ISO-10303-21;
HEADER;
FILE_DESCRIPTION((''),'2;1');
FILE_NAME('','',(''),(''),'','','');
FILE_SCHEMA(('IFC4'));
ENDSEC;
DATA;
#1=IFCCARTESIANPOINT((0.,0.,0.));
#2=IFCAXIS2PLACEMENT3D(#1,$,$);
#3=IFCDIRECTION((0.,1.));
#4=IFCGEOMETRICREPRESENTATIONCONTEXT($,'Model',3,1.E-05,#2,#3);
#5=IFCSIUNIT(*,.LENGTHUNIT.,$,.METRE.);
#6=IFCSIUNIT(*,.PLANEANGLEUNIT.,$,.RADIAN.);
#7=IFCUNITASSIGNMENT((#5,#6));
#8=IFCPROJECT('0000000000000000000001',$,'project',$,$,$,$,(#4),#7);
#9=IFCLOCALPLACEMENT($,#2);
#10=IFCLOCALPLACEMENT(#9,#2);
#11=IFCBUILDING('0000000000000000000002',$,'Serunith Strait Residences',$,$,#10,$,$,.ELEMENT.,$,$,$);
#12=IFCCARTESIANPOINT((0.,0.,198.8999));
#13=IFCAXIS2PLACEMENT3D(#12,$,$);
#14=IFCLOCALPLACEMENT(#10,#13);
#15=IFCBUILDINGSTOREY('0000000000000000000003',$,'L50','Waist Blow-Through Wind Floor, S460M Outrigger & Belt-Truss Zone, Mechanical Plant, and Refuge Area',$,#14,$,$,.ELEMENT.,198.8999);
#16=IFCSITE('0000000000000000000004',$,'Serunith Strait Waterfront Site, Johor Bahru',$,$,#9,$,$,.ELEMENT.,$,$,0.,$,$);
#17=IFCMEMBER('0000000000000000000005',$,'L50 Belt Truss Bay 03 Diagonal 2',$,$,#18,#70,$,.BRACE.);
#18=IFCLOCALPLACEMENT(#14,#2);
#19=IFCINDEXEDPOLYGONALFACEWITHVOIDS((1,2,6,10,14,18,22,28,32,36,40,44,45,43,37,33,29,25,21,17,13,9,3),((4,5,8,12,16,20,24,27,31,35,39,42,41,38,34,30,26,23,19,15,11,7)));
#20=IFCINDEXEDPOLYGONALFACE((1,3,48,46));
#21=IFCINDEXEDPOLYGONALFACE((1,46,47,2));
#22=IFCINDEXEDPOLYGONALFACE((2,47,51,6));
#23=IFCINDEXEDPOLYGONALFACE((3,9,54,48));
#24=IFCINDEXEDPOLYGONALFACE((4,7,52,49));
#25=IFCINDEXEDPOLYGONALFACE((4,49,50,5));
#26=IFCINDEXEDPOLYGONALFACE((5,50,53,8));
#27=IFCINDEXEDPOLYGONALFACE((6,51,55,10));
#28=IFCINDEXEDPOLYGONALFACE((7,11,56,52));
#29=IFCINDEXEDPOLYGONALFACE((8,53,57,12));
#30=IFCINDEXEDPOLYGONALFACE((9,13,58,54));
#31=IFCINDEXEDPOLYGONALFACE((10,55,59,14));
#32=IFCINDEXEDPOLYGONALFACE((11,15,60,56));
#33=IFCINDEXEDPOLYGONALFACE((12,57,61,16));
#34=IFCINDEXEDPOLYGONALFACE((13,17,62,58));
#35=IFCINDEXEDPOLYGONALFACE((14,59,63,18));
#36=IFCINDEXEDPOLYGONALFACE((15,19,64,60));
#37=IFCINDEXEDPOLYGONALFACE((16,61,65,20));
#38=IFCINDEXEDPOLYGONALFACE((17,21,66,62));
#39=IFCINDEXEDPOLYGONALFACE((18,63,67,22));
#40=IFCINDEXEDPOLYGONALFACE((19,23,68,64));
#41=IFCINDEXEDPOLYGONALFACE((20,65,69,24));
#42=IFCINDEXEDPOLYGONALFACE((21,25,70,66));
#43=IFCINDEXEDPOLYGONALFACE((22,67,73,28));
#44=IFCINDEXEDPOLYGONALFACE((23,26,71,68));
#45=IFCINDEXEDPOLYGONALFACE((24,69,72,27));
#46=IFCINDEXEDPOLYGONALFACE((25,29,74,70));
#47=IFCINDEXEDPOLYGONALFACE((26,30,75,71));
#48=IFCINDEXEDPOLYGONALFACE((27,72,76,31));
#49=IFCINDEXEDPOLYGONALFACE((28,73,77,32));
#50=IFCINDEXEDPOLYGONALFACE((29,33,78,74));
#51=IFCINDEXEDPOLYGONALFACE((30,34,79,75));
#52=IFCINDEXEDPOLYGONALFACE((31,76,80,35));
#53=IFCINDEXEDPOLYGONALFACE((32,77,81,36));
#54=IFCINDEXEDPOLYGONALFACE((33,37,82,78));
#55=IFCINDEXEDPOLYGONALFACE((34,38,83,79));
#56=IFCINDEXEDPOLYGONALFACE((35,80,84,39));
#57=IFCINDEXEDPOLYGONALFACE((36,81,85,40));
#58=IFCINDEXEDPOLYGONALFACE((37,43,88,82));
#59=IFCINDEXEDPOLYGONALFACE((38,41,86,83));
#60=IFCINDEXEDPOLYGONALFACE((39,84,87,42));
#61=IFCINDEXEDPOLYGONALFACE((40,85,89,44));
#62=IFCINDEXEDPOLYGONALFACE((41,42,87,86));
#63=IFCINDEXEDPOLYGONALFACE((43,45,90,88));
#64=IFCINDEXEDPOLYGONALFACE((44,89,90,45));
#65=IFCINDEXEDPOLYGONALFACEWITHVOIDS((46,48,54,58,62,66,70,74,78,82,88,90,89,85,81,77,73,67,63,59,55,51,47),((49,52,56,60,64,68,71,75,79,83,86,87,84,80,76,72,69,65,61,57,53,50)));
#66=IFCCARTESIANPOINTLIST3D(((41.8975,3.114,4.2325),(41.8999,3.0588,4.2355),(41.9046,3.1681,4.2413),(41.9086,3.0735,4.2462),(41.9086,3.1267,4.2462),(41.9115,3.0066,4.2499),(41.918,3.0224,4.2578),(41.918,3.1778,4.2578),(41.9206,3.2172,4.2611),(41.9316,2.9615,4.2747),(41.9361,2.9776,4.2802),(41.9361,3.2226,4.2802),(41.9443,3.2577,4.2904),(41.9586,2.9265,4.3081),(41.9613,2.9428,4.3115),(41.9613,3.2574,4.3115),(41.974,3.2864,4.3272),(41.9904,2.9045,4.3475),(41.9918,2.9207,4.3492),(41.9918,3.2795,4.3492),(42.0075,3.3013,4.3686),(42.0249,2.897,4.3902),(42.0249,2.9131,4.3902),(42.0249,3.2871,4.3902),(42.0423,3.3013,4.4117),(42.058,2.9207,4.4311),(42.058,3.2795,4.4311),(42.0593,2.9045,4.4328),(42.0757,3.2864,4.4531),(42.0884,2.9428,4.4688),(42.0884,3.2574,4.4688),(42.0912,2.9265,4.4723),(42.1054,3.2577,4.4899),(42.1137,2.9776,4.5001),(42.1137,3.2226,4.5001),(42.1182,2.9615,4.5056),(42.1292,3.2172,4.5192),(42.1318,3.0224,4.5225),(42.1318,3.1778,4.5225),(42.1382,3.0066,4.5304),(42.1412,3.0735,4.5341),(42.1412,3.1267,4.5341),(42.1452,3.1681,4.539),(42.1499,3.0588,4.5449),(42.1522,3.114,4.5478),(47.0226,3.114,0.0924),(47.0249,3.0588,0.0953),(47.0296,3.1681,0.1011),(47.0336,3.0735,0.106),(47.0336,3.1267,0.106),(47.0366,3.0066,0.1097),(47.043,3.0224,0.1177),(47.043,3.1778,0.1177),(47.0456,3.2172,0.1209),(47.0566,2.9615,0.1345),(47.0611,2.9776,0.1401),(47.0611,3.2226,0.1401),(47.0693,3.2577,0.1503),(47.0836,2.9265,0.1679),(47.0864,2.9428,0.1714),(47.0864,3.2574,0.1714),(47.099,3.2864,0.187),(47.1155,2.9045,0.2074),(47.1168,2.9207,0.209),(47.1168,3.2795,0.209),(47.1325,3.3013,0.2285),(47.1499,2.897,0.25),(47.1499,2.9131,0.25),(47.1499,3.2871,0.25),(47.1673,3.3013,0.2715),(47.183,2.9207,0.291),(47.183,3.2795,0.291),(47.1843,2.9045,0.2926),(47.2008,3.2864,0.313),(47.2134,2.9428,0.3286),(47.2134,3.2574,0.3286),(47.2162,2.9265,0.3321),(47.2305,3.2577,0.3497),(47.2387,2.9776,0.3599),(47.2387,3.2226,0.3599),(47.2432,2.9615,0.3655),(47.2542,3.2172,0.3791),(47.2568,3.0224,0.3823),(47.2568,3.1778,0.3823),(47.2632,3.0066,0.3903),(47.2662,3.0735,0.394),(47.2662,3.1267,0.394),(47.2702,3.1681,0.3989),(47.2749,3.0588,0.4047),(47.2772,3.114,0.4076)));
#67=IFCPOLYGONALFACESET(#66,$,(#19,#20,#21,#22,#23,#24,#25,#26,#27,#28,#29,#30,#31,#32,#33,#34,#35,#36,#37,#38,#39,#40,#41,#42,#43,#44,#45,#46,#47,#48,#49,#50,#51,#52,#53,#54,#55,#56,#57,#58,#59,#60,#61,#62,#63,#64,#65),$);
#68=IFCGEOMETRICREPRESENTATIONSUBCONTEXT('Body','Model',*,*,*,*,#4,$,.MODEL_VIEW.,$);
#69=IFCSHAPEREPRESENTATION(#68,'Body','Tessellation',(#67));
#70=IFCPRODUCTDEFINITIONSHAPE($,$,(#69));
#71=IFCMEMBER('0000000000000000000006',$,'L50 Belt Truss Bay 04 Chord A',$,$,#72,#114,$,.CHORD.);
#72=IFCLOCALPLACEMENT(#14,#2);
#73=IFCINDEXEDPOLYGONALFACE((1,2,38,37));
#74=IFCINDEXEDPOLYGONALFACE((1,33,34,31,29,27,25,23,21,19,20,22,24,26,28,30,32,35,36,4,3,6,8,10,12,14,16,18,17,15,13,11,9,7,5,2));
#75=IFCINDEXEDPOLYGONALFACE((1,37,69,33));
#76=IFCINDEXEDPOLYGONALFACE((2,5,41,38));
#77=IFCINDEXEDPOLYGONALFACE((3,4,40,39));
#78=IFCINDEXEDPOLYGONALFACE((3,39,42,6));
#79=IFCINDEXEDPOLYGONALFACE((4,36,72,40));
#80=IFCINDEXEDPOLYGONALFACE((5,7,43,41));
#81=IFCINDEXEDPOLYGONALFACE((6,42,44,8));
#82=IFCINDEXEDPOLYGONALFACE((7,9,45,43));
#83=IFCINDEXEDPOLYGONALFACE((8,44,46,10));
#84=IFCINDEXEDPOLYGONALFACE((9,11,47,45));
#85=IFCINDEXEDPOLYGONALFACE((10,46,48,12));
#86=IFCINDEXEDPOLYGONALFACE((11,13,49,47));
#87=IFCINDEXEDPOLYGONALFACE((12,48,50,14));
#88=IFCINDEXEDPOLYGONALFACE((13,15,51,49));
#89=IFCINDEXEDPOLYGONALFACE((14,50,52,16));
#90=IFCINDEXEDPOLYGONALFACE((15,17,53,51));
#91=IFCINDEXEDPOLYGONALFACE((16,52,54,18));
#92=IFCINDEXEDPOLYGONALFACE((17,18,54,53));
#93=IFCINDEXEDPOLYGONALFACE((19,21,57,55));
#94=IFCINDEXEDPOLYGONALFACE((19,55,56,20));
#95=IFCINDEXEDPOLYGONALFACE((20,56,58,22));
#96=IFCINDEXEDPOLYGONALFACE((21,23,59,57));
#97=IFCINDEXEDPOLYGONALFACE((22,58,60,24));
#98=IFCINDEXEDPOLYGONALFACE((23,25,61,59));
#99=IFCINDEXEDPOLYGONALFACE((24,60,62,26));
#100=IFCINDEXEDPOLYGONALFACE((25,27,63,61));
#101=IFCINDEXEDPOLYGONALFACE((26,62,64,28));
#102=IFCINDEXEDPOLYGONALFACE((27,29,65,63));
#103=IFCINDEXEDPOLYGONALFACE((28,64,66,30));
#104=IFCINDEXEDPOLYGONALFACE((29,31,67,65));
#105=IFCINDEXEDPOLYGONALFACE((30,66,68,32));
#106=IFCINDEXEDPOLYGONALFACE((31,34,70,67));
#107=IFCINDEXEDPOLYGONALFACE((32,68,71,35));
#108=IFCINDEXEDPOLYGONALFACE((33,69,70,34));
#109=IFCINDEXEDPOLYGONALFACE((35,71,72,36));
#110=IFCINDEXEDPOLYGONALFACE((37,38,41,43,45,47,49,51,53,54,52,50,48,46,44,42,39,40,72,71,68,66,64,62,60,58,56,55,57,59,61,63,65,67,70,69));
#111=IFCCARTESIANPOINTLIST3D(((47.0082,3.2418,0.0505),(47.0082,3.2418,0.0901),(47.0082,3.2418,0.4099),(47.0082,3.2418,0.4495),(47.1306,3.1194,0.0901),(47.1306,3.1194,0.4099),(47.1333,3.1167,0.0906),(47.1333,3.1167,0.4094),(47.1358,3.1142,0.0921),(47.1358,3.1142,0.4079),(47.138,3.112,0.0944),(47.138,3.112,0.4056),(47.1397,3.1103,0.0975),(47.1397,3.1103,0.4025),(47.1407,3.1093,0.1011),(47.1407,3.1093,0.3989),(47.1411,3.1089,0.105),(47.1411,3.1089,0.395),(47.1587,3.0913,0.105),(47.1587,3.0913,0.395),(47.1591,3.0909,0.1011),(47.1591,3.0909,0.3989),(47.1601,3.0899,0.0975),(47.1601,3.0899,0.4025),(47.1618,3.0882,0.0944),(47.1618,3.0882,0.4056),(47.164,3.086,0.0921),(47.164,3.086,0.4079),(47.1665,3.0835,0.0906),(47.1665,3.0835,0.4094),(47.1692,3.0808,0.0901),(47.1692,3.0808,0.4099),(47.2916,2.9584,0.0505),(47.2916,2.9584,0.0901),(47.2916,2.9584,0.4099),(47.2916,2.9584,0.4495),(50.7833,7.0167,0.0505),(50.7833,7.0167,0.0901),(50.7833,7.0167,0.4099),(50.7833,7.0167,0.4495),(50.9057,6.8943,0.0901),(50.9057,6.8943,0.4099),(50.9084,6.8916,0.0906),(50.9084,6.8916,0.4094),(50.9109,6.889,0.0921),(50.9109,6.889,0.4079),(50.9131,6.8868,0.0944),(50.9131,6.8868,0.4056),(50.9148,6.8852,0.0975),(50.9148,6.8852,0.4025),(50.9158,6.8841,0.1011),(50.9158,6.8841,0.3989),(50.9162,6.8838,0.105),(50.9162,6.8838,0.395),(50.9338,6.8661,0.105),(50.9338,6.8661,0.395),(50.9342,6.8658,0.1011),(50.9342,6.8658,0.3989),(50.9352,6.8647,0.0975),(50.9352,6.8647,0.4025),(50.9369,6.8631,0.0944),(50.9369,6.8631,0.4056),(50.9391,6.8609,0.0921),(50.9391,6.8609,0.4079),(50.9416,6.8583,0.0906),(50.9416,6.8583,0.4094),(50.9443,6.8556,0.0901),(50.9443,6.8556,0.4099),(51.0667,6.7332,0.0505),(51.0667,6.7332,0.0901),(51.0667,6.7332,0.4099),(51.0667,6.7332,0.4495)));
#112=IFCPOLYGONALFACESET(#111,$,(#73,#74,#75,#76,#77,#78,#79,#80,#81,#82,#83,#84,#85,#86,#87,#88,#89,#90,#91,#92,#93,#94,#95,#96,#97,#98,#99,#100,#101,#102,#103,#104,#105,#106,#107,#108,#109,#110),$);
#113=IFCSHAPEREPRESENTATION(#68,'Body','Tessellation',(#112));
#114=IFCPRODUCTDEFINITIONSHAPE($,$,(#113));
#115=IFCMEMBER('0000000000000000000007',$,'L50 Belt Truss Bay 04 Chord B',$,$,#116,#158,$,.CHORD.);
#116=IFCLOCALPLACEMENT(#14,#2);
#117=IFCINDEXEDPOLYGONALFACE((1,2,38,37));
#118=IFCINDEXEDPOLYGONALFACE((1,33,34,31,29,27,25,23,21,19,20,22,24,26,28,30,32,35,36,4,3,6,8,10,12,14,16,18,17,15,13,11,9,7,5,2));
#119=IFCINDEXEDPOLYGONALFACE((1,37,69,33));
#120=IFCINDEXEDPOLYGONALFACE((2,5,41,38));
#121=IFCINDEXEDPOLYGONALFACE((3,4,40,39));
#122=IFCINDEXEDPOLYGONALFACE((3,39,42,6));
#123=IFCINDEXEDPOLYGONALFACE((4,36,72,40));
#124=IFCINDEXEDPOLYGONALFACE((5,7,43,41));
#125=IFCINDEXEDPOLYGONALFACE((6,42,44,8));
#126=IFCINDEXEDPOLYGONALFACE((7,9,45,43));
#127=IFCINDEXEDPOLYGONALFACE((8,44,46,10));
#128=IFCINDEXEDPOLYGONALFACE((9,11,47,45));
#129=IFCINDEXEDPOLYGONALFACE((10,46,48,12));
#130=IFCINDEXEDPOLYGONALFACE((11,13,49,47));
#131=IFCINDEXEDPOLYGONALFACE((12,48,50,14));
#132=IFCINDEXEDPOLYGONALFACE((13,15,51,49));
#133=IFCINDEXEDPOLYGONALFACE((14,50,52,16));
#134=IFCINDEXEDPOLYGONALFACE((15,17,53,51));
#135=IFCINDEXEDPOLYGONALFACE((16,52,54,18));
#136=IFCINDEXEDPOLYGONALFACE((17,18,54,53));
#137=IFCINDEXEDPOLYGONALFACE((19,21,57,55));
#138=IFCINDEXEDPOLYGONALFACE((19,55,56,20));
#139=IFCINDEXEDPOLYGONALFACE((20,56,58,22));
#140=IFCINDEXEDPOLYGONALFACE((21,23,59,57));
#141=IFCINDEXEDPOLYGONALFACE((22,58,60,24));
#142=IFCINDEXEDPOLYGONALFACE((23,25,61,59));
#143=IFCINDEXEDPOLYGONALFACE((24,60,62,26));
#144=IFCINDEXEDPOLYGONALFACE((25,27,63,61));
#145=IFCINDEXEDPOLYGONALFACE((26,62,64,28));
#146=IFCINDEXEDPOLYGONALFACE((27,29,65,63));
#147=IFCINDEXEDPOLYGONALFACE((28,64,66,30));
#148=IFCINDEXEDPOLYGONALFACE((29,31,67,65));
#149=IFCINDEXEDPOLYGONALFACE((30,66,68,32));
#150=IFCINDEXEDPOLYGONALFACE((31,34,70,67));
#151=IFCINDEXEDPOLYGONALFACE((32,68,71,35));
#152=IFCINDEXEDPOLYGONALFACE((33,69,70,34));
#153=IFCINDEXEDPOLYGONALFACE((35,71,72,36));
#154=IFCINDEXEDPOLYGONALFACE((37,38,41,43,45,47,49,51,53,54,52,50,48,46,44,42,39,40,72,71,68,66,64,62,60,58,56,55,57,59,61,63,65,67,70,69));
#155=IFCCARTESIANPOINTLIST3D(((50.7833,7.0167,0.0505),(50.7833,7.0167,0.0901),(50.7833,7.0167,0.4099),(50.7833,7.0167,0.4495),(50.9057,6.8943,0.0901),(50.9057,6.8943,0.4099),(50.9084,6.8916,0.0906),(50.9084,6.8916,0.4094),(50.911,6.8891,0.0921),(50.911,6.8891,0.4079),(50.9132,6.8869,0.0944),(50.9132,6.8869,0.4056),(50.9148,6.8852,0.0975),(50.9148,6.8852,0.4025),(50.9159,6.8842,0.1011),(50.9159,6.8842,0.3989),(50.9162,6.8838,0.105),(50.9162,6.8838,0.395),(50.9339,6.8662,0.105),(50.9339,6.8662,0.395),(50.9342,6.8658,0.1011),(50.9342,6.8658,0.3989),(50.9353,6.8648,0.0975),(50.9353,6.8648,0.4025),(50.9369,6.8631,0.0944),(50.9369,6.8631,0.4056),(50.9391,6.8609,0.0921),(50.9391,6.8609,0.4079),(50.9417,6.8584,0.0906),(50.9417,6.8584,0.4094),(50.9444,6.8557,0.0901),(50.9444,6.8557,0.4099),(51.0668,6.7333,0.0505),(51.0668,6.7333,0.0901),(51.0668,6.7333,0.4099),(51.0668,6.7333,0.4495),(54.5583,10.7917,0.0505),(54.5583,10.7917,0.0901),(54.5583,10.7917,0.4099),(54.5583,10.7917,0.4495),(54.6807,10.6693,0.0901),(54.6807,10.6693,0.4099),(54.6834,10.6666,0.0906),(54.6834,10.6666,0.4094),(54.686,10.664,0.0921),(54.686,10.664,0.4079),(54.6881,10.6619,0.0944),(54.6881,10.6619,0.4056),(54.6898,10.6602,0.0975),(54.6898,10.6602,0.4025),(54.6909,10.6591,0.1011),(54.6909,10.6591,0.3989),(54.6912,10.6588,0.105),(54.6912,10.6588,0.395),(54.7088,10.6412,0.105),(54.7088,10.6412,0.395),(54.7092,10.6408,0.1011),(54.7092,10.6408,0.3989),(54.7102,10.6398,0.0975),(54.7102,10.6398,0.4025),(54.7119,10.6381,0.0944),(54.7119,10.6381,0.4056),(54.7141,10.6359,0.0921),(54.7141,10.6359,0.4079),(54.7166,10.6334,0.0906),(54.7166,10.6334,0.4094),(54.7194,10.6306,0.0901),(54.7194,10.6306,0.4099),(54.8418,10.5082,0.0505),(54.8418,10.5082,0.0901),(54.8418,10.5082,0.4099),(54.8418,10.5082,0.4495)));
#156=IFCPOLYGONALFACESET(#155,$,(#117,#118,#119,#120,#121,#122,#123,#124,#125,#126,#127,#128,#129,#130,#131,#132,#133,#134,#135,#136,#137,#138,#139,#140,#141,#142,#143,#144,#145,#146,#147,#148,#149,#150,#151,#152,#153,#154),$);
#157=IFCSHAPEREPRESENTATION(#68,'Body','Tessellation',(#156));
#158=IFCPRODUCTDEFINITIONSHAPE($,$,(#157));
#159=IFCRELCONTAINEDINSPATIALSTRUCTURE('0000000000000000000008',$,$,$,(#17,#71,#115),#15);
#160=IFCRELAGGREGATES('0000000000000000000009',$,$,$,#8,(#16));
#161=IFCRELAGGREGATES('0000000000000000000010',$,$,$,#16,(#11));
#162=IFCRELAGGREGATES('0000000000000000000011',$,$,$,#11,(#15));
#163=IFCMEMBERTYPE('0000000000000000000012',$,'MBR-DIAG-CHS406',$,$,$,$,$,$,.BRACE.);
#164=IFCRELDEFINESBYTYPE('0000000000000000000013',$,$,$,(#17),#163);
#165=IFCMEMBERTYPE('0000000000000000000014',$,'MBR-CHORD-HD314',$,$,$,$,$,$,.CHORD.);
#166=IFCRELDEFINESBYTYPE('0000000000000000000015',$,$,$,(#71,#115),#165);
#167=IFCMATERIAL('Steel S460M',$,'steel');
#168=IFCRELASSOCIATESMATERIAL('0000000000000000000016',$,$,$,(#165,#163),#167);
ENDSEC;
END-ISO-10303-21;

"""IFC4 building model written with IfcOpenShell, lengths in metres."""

from ifc_helpers import new_model, si_unit, direction, frame, origin, origin_2d, place, context, subcontext, project, spatial, hollow_circle, i_section, extrude, source, transform, mapped, material, material_profile, profile_set, type_object, element, save


model = new_model("IFC4")

# Units and contexts
model_context = context("Model", 3, precision=1e-05, world=origin(), true_north=direction((0.0, 1.0)))
body_context = subcontext(model_context, "Body", "Model", "MODEL_VIEW")
ifc_project = project(units=[si_unit("LENGTHUNIT", "METRE"), si_unit("PLANEANGLEUNIT", "RADIAN")], contexts=[model_context])

# Site, building, storey
site_placement = place(None, origin())
site = spatial("IfcSite", under=ifc_project, at=site_placement, Name="Serunith Strait Waterfront Site, Johor Bahru", CompositionType="ELEMENT", RefElevation=0.0)
building_placement = place(site_placement, origin())
building = spatial("IfcBuilding", under=site, at=building_placement, Name="Serunith Strait Residences", CompositionType="ELEMENT")
storey_placement = place(building_placement, frame((0.0, 0.0, 198.8999)))
storey = spatial("IfcBuildingStorey", under=building, at=storey_placement, Name="L50", Description="Waist Blow-Through Wind Floor, S460M Outrigger & Belt-Truss Zone, Mechanical Plant, and Refuge Area", CompositionType="ELEMENT", Elevation=198.8999)

# Members
ifc_material_1 = material(Name="Steel S460M", Category="steel")
ifc_material_profile_1 = material_profile(ifc_material_1, i_section(OverallWidth=0.4009, OverallDepth=0.3989, WebThickness=0.0249, FlangeThickness=0.0396, FilletRadius=0.0149, at=origin_2d()), Name="HD 400x314")
ifc_profile_set_1 = profile_set([ifc_material_profile_1], Name="Steel S460M")
member_type_1 = type_object("IfcMemberType", Name="MBR-CHORD-HD314", PredefinedType="CHORD", material=ifc_profile_set_1)
ifc_material_profile_2 = material_profile(ifc_material_1, hollow_circle(Radius=0.2031, WallThickness=0.0161, at=origin_2d()), Name="CHS 406.4x16")
ifc_profile_set_2 = profile_set([ifc_material_profile_2], Name="Steel S460M")
member_type_2 = type_object("IfcMemberType", Name="MBR-DIAG-CHS406", PredefinedType="BRACE", material=ifc_profile_set_2)
shared_shape_1 = source(origin(), body_context, "Body", "SweptSolid", [
    extrude(hollow_circle(Radius=0.2031, WallThickness=0.0161, at=origin_2d()), origin(), (0.0, 0.0, 1.0), 6.5884),
])
member_1_placement = place(storey_placement, frame((47.1499, 3.1001, 0.25), z_axis=(-0.777888, 0.0, 0.628403), x_axis=(0.0, -1.0, 0.0)))
element("IfcMember", 1, at=member_1_placement, inside=storey, type_object=member_type_2, Name="L50 Belt Truss Bay 03 Diagonal 2", PredefinedType="BRACE", context=body_context, shape_type="MappedRepresentation", body=[
    mapped(shared_shape_1, transform((0.0, 0.0, 0.0), scale=1.0)),
])
shared_shape_2 = source(origin(), body_context, "Body", "SweptSolid", [
    extrude(i_section(OverallWidth=0.4009, OverallDepth=0.3989, WebThickness=0.0249, FlangeThickness=0.0396, FilletRadius=0.0149, at=origin_2d()), origin(), (0.0, 0.0, 1.0), 5.3386),
])
for number, where, z_axis, x_axis, name in (
    (2, (47.1499, 3.1001, 0.25), (0.70713, 0.707084, 0.0), (-0.707084, 0.70713, 0.0), "L50 Belt Truss Bay 04 Chord A"),
    (3, (50.925, 6.875, 0.25), (0.707107, 0.707107, 0.0), (-0.707107, 0.707107, 0.0), "L50 Belt Truss Bay 04 Chord B"),
):
    element("IfcMember", number, at=place(storey_placement, frame(where, z_axis=z_axis, x_axis=x_axis)), inside=storey, type_object=member_type_1, Name=name, PredefinedType="CHORD", context=body_context, shape_type="MappedRepresentation", body=[
        mapped(shared_shape_2, transform((0.0, 0.0, 0.0), scale=1.0)),
    ])

save(model, "model.ifc")
